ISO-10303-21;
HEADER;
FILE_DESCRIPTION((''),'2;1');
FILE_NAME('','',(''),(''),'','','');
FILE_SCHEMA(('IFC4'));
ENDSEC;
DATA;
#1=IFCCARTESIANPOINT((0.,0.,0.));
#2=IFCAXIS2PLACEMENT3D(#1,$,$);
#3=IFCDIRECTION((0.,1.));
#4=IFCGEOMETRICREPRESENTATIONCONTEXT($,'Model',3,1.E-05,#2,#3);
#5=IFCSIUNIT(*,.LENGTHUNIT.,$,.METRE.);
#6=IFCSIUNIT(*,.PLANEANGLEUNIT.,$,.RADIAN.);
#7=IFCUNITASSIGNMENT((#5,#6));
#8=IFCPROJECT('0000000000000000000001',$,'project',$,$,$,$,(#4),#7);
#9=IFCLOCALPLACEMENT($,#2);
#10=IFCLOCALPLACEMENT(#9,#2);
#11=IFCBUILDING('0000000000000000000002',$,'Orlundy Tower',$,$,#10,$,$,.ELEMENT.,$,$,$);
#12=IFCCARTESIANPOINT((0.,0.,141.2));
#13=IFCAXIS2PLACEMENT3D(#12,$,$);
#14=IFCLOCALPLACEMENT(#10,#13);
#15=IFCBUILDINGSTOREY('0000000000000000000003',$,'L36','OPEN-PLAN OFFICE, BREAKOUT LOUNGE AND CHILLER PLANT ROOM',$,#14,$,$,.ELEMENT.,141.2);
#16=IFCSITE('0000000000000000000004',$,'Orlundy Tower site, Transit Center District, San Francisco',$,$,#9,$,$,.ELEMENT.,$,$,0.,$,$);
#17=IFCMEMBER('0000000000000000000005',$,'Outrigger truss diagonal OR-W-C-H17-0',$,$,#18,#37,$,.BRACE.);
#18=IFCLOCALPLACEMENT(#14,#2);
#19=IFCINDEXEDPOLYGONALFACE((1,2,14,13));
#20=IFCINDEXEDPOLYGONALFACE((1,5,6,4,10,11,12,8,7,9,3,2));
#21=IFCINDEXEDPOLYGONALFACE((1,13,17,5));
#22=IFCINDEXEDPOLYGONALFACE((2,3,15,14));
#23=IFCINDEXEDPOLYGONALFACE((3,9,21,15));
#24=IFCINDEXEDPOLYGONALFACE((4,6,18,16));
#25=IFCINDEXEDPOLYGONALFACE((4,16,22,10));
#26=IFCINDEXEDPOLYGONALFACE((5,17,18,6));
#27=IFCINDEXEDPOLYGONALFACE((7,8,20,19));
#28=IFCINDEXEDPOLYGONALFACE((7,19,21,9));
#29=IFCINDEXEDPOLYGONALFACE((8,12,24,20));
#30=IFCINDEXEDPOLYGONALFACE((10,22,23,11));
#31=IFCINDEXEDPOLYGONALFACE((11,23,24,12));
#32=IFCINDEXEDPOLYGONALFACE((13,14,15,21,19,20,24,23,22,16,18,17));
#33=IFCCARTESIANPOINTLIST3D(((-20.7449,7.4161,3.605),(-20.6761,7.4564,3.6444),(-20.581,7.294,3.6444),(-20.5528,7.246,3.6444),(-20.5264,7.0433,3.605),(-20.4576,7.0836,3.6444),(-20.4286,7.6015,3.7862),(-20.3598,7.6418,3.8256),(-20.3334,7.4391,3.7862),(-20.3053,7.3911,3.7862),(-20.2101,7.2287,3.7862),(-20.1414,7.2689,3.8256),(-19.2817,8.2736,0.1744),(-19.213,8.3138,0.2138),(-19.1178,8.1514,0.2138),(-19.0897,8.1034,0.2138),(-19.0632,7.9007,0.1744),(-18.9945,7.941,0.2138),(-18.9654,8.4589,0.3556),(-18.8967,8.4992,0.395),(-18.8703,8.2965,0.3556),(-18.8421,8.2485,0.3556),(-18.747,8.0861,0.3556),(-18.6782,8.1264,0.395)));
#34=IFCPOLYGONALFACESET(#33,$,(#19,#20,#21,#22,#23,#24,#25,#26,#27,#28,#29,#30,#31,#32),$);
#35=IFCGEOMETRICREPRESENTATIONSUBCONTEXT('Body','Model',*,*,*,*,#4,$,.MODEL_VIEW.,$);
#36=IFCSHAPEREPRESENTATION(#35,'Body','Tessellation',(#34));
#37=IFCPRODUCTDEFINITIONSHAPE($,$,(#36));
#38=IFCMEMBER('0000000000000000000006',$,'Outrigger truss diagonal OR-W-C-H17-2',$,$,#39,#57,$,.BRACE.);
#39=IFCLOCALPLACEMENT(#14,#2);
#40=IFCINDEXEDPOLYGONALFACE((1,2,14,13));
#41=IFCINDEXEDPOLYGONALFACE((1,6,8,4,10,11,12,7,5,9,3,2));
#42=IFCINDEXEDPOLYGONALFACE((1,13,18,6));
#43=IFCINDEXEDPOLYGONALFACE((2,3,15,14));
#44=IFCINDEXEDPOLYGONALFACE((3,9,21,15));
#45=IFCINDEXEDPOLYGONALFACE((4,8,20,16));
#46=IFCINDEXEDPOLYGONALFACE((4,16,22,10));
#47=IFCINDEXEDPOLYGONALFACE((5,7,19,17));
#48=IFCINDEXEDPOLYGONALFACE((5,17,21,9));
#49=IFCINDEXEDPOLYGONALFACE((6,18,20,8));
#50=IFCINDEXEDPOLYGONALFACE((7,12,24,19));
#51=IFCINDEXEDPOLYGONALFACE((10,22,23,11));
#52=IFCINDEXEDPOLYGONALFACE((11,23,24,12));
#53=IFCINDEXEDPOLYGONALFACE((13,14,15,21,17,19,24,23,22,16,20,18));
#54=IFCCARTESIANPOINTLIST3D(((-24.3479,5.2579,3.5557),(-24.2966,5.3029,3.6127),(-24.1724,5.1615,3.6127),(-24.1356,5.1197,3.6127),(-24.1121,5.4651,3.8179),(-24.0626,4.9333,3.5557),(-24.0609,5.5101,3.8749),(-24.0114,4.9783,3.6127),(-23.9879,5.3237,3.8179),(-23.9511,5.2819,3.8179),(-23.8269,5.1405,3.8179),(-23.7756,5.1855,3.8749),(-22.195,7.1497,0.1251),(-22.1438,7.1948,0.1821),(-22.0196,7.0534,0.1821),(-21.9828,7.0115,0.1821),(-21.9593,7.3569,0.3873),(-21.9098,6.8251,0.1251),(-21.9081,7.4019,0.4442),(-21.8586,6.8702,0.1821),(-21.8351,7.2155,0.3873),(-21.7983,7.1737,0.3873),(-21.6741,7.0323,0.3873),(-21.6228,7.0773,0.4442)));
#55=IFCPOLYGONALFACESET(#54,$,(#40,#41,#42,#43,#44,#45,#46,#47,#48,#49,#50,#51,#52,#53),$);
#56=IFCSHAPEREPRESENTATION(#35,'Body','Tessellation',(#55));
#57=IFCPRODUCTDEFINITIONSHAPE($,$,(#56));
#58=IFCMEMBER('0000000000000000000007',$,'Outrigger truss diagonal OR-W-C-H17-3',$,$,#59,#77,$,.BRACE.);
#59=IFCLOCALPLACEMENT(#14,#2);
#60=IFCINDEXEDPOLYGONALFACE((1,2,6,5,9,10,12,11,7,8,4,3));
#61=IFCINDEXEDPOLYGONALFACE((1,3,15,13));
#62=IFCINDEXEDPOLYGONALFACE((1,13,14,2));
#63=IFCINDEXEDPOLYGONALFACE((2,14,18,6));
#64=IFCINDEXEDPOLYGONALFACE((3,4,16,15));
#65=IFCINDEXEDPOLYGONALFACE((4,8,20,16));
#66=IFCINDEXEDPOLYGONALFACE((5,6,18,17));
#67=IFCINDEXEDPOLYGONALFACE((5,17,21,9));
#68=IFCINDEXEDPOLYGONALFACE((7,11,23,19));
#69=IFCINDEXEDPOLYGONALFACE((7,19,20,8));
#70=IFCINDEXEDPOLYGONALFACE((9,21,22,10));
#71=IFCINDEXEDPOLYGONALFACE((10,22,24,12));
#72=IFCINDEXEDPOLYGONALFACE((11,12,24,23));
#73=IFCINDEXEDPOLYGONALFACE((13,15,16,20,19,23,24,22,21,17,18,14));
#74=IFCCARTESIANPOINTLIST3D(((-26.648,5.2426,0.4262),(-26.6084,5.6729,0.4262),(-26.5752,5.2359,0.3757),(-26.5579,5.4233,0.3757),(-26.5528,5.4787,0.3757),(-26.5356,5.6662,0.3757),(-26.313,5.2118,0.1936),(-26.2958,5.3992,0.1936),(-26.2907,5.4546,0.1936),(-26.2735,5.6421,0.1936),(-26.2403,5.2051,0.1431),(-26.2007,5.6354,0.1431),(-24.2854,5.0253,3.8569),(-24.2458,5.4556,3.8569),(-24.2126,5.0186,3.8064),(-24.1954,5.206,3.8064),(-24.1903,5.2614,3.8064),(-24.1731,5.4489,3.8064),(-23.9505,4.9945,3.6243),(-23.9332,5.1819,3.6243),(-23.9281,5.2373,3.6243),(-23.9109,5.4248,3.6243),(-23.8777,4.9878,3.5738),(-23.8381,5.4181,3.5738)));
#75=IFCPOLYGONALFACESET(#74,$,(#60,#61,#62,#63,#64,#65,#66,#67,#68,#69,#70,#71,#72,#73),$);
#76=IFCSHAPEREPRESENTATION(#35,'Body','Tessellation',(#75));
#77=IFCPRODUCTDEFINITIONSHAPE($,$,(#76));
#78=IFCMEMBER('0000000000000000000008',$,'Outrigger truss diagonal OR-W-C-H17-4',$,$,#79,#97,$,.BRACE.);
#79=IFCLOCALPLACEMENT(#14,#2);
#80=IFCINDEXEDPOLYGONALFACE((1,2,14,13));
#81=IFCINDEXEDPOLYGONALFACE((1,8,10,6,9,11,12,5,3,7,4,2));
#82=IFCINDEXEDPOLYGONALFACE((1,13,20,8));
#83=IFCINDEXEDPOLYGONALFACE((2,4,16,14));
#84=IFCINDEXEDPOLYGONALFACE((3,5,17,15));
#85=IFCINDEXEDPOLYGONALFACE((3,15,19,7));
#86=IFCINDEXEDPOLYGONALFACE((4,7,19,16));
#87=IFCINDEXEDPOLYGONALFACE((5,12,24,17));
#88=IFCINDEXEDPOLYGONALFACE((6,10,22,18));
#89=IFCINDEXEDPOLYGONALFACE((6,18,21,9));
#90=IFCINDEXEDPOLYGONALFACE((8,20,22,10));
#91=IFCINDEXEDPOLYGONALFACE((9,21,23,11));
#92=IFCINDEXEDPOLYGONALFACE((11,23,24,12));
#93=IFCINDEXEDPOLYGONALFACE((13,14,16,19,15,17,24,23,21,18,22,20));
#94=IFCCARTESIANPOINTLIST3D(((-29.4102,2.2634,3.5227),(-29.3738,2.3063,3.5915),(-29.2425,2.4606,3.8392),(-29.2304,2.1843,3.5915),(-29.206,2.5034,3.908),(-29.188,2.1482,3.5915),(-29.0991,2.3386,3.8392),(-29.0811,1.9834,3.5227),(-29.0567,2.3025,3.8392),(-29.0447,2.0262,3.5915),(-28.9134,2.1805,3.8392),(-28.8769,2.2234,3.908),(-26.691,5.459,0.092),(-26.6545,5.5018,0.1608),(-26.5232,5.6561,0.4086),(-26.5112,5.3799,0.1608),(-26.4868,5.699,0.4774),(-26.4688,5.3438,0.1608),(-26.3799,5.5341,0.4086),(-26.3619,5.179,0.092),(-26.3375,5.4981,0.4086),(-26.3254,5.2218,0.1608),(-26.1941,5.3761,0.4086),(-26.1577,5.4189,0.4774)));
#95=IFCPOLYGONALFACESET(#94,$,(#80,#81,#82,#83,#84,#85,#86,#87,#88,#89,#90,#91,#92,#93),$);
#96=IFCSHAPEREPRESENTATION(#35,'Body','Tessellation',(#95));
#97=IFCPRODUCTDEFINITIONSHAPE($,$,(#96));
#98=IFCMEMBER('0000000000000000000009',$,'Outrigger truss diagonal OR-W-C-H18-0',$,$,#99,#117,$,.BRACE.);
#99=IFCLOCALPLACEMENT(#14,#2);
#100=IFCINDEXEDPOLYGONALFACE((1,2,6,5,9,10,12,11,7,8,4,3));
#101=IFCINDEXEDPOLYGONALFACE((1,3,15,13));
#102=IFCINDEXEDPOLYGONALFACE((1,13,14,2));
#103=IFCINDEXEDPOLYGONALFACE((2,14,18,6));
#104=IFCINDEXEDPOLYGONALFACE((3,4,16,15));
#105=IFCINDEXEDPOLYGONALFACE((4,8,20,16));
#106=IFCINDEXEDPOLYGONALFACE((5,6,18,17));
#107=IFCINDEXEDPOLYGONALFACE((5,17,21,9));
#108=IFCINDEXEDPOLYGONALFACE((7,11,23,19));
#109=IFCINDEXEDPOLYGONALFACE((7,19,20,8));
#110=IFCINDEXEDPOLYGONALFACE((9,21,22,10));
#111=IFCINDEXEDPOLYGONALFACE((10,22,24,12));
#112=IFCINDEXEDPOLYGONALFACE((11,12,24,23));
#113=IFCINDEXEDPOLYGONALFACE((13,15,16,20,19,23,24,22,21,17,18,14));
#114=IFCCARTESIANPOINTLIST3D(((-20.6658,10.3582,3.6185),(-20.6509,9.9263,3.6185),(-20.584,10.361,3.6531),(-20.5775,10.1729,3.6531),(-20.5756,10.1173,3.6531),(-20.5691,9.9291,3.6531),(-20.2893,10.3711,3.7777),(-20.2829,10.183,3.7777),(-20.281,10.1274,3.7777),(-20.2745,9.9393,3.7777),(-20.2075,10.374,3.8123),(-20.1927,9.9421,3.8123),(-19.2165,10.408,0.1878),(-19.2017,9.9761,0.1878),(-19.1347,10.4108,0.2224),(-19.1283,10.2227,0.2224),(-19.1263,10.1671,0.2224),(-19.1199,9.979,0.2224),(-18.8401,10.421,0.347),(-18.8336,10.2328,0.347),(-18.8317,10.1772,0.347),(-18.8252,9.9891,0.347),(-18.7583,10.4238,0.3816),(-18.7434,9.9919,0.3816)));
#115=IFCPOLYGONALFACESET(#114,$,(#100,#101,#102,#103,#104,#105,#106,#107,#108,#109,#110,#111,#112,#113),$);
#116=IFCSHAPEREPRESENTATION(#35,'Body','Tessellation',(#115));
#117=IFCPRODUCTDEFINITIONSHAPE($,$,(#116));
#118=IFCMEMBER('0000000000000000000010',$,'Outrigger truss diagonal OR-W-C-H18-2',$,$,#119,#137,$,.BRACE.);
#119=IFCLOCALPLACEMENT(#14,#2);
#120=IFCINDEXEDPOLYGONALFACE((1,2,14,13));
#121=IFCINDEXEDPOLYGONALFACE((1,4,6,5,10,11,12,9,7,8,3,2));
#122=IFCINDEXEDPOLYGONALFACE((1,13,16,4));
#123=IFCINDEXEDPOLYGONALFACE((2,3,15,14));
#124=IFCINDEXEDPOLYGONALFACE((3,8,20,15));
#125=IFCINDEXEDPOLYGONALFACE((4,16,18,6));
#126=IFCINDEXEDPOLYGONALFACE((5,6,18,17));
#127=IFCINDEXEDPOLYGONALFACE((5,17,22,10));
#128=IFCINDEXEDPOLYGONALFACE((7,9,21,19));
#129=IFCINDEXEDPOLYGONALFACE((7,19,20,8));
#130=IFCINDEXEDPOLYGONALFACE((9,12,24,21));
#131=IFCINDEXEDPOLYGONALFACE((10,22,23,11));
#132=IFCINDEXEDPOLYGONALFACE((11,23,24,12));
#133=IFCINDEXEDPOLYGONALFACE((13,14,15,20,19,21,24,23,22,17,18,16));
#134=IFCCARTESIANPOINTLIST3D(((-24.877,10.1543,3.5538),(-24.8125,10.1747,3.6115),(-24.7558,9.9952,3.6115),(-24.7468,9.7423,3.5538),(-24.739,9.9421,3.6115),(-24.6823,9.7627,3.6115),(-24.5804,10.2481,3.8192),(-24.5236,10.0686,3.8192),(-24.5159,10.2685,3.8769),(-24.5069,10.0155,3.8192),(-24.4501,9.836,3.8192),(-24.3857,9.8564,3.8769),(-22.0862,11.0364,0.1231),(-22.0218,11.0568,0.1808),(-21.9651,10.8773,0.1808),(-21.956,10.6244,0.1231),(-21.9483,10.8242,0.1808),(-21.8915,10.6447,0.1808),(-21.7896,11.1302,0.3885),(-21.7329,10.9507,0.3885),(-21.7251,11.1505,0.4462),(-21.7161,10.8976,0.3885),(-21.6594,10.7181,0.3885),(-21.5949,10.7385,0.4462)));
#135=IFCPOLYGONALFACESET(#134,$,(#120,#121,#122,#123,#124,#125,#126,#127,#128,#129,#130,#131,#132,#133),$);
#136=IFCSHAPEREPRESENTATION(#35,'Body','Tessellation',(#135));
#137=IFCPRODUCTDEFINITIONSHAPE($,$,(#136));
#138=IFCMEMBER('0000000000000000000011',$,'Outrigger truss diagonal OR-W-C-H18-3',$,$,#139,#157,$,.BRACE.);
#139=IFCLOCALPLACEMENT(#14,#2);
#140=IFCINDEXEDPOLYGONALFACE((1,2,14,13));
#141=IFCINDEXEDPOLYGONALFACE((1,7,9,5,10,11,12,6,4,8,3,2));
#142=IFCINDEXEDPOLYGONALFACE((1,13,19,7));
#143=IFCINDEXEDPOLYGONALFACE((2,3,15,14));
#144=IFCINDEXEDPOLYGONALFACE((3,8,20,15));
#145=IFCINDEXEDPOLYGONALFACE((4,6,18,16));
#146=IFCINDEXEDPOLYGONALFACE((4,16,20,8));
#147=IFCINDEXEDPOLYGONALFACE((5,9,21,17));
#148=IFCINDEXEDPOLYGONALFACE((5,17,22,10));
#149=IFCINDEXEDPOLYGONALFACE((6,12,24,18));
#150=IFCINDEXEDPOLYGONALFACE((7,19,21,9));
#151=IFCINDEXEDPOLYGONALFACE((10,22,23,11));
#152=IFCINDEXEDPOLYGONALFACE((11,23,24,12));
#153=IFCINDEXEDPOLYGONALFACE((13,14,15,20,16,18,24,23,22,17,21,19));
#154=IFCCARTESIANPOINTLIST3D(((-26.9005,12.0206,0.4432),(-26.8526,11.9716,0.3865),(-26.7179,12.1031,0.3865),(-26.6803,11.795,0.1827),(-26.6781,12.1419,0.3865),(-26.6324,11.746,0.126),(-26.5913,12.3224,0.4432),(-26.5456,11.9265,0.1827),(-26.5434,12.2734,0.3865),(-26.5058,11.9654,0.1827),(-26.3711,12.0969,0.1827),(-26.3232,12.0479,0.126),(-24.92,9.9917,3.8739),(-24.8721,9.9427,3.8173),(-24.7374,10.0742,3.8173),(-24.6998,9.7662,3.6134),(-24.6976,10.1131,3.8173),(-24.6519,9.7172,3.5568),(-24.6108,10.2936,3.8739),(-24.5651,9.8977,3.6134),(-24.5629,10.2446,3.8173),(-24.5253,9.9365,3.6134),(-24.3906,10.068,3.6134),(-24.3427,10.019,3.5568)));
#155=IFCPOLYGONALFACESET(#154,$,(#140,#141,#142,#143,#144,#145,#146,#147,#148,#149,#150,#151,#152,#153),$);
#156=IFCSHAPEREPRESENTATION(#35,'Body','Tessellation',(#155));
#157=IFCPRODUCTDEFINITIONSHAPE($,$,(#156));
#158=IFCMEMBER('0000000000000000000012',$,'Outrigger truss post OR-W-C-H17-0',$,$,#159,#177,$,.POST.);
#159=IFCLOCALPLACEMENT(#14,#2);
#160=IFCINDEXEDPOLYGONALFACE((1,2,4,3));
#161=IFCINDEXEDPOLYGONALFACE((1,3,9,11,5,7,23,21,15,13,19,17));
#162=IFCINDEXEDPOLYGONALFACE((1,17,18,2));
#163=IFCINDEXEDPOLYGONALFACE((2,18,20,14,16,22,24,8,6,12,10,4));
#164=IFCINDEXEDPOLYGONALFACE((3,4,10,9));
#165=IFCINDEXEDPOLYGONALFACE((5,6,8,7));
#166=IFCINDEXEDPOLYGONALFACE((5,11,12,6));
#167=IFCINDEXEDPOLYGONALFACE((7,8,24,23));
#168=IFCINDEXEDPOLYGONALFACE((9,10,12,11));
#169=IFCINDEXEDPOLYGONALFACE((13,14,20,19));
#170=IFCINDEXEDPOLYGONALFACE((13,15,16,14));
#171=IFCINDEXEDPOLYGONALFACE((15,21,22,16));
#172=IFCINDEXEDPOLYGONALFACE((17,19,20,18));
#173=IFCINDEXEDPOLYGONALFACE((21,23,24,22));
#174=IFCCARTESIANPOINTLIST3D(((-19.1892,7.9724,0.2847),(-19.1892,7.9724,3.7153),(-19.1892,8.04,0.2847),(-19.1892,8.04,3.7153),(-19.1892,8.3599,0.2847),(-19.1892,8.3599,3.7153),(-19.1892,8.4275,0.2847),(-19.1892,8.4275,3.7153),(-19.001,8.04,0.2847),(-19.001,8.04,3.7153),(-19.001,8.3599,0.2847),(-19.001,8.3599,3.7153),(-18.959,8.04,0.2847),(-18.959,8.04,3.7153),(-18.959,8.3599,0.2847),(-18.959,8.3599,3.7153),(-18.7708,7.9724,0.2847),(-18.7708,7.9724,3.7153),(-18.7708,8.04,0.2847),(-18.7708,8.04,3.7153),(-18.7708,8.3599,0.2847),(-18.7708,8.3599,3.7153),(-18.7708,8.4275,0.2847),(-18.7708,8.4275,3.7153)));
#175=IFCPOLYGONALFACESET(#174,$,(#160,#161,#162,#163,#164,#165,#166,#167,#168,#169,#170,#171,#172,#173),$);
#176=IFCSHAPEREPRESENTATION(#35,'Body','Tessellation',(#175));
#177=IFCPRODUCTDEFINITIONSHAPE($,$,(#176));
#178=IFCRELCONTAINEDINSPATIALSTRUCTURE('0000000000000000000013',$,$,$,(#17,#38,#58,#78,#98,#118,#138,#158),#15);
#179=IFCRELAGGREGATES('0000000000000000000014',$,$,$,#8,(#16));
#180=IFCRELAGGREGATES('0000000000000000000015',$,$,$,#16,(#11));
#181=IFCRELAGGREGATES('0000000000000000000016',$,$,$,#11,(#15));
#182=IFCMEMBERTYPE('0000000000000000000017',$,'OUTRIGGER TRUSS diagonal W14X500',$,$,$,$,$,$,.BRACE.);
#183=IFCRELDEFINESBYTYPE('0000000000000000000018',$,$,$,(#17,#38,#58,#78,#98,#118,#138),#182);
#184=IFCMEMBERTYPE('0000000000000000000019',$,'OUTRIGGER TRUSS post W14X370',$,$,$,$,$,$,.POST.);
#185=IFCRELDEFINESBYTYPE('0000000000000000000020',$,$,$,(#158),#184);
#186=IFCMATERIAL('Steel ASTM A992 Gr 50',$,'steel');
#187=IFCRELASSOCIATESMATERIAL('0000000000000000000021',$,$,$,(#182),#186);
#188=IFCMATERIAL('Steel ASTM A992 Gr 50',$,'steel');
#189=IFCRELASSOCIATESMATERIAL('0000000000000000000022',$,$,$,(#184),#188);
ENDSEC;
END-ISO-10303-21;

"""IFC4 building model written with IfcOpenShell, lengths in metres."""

from ifc_helpers import new_model, si_unit, direction, frame, origin, origin_2d, place, context, subcontext, project, spatial, i_section, extrude, material, material_profile, profile_set, type_object, element, save


model = new_model("IFC4")

# Units and contexts
model_context = context("Model", 3, precision=1e-05, world=origin(), true_north=direction((0.0, 1.0)))
body_context = subcontext(model_context, "Body", "Model", "MODEL_VIEW")
ifc_project = project(units=[si_unit("LENGTHUNIT", "METRE"), si_unit("PLANEANGLEUNIT", "RADIAN")], contexts=[model_context])

# Site, building, storey
site_placement = place(None, origin())
site = spatial("IfcSite", under=ifc_project, at=site_placement, Name="Orlundy Tower site, Transit Center District, San Francisco", CompositionType="ELEMENT", RefElevation=0.0)
building_placement = place(site_placement, origin())
building = spatial("IfcBuilding", under=site, at=building_placement, Name="Orlundy Tower", CompositionType="ELEMENT")
storey_placement = place(building_placement, frame((0.0, 0.0, 141.2)))
storey = spatial("IfcBuildingStorey", under=building, at=storey_placement, Name="L36", Description="OPEN-PLAN OFFICE, BREAKOUT LOUNGE AND CHILLER PLANT ROOM", CompositionType="ELEMENT", Elevation=141.2)

# Members
ifc_material_1 = material(Name="Steel ASTM A992 Gr 50", Category="steel")
ifc_material_profile_1 = material_profile(ifc_material_1, i_section(OverallWidth=0.4321, OverallDepth=0.4978, WebThickness=0.0557, FlangeThickness=0.0889, at=origin_2d()), Name="W14X500")
ifc_profile_set_1 = profile_set([ifc_material_profile_1], Name="Steel ASTM A992 Gr 50")
member_type_1 = type_object("IfcMemberType", Name="OUTRIGGER TRUSS diagonal W14X500", PredefinedType="BRACE", material=ifc_profile_set_1)
member_1_placement = place(storey_placement, frame((-18.98, 8.2, 0.2847), z_axis=(-0.382326, -0.22405, 0.896453), x_axis=(0.505598, -0.862769, 0.0)))
element("IfcMember", 1, at=member_1_placement, inside=storey, type_object=member_type_1, Name="Outrigger truss diagonal OR-W-C-H17-0", PredefinedType="BRACE", context=body_context, shape_type="SweptSolid", body=[
    extrude(i_section(OverallWidth=0.4321, OverallDepth=0.4978, WebThickness=0.0557, FlangeThickness=0.0889, at=origin_2d()), origin(), (0.0, 0.0, 1.0), 3.8269),
])
member_2_placement = place(storey_placement, frame((-21.9089, 7.1135, 0.2847), z_axis=(-0.48159, -0.423207, 0.767442), x_axis=(0.660107, -0.751171, 0.0)))
element("IfcMember", 2, at=member_2_placement, inside=storey, type_object=member_type_1, Name="Outrigger truss diagonal OR-W-C-H17-2", PredefinedType="BRACE", context=body_context, shape_type="SweptSolid", body=[
    extrude(i_section(OverallWidth=0.4321, OverallDepth=0.4978, WebThickness=0.0557, FlangeThickness=0.0889, at=origin_2d()), origin(), (0.0, 0.0, 1.0), 4.4702),
])
member_3_placement = place(storey_placement, frame((-24.0618, 5.2217, 3.7153), z_axis=(-0.566405, 0.052093, -0.822479), x_axis=(-0.091584, -0.995797, 0.0)))
element("IfcMember", 3, at=member_3_placement, inside=storey, type_object=member_type_1, Name="Outrigger truss diagonal OR-W-C-H17-3", PredefinedType="BRACE", context=body_context, shape_type="SweptSolid", body=[
    extrude(i_section(OverallWidth=0.4321, OverallDepth=0.4978, WebThickness=0.0557, FlangeThickness=0.0889, at=origin_2d()), origin(), (0.0, 0.0, 1.0), 4.1711),
])
member_4_placement = place(storey_placement, frame((-26.4243, 5.439, 0.2847), z_axis=(-0.501714, -0.589597, 0.632976), x_axis=(0.761585, -0.648065, 0.0)))
element("IfcMember", 4, at=member_4_placement, inside=storey, type_object=member_type_1, Name="Outrigger truss diagonal OR-W-C-H17-4", PredefinedType="BRACE", context=body_context, shape_type="SweptSolid", body=[
    extrude(i_section(OverallWidth=0.4321, OverallDepth=0.4978, WebThickness=0.0557, FlangeThickness=0.0889, at=origin_2d()), origin(), (0.0, 0.0, 1.0), 5.4199),
])
member_5_placement = place(storey_placement, frame((-18.98, 10.2, 0.2847), z_axis=(-0.3891, -0.013372, 0.921098), x_axis=(0.034346, -0.99941, 0.0)))
element("IfcMember", 5, at=member_5_placement, inside=storey, type_object=member_type_1, Name="Outrigger truss diagonal OR-W-C-H18-0", PredefinedType="BRACE", context=body_context, shape_type="SweptSolid", body=[
    extrude(i_section(OverallWidth=0.4321, OverallDepth=0.4978, WebThickness=0.0557, FlangeThickness=0.0889, at=origin_2d()), origin(), (0.0, 0.0, 1.0), 3.7246),
])
member_6_placement = place(storey_placement, frame((-21.8406, 10.8875, 0.2847), z_axis=(-0.61886, -0.195603, 0.760757), x_axis=(0.301375, -0.953506, 0.0)))
element("IfcMember", 6, at=member_6_placement, inside=storey, type_object=member_type_1, Name="Outrigger truss diagonal OR-W-C-H18-2", PredefinedType="BRACE", context=body_context, shape_type="SweptSolid", body=[
    extrude(i_section(OverallWidth=0.4321, OverallDepth=0.4978, WebThickness=0.0557, FlangeThickness=0.0889, at=origin_2d()), origin(), (0.0, 0.0, 1.0), 4.5095),
])
member_7_placement = place(storey_placement, frame((-24.6313, 10.0054, 3.7153), z_axis=(-0.44499, 0.455851, -0.770833), x_axis=(-0.71558, -0.69853, 0.0)))
element("IfcMember", 7, at=member_7_placement, inside=storey, type_object=member_type_1, Name="Outrigger truss diagonal OR-W-C-H18-3", PredefinedType="BRACE", context=body_context, shape_type="SweptSolid", body=[
    extrude(i_section(OverallWidth=0.4321, OverallDepth=0.4978, WebThickness=0.0557, FlangeThickness=0.0889, at=origin_2d()), origin(), (0.0, 0.0, 1.0), 4.4507),
])
ifc_material_2 = material(Name="Steel ASTM A992 Gr 50", Category="steel")
ifc_material_profile_2 = material_profile(ifc_material_2, i_section(OverallWidth=0.4185, OverallDepth=0.4551, WebThickness=0.042, FlangeThickness=0.0676, at=origin_2d()), Name="W14X370")
ifc_profile_set_2 = profile_set([ifc_material_profile_2], Name="Steel ASTM A992 Gr 50")
member_type_2 = type_object("IfcMemberType", Name="OUTRIGGER TRUSS post W14X370", PredefinedType="POST", material=ifc_profile_set_2)
member_8_placement = place(storey_placement, frame((-18.98, 8.2, 0.2847), z_axis=(0.0, 0.0, 1.0), x_axis=(1.0, 0.0, 0.0)))
element("IfcMember", 8, at=member_8_placement, inside=storey, type_object=member_type_2, Name="Outrigger truss post OR-W-C-H17-0", PredefinedType="POST", context=body_context, shape_type="SweptSolid", body=[
    extrude(i_section(OverallWidth=0.4185, OverallDepth=0.4551, WebThickness=0.042, FlangeThickness=0.0676, at=origin_2d()), origin(), (0.0, 0.0, 1.0), 3.4307),
])

save(model, "model.ifc")
